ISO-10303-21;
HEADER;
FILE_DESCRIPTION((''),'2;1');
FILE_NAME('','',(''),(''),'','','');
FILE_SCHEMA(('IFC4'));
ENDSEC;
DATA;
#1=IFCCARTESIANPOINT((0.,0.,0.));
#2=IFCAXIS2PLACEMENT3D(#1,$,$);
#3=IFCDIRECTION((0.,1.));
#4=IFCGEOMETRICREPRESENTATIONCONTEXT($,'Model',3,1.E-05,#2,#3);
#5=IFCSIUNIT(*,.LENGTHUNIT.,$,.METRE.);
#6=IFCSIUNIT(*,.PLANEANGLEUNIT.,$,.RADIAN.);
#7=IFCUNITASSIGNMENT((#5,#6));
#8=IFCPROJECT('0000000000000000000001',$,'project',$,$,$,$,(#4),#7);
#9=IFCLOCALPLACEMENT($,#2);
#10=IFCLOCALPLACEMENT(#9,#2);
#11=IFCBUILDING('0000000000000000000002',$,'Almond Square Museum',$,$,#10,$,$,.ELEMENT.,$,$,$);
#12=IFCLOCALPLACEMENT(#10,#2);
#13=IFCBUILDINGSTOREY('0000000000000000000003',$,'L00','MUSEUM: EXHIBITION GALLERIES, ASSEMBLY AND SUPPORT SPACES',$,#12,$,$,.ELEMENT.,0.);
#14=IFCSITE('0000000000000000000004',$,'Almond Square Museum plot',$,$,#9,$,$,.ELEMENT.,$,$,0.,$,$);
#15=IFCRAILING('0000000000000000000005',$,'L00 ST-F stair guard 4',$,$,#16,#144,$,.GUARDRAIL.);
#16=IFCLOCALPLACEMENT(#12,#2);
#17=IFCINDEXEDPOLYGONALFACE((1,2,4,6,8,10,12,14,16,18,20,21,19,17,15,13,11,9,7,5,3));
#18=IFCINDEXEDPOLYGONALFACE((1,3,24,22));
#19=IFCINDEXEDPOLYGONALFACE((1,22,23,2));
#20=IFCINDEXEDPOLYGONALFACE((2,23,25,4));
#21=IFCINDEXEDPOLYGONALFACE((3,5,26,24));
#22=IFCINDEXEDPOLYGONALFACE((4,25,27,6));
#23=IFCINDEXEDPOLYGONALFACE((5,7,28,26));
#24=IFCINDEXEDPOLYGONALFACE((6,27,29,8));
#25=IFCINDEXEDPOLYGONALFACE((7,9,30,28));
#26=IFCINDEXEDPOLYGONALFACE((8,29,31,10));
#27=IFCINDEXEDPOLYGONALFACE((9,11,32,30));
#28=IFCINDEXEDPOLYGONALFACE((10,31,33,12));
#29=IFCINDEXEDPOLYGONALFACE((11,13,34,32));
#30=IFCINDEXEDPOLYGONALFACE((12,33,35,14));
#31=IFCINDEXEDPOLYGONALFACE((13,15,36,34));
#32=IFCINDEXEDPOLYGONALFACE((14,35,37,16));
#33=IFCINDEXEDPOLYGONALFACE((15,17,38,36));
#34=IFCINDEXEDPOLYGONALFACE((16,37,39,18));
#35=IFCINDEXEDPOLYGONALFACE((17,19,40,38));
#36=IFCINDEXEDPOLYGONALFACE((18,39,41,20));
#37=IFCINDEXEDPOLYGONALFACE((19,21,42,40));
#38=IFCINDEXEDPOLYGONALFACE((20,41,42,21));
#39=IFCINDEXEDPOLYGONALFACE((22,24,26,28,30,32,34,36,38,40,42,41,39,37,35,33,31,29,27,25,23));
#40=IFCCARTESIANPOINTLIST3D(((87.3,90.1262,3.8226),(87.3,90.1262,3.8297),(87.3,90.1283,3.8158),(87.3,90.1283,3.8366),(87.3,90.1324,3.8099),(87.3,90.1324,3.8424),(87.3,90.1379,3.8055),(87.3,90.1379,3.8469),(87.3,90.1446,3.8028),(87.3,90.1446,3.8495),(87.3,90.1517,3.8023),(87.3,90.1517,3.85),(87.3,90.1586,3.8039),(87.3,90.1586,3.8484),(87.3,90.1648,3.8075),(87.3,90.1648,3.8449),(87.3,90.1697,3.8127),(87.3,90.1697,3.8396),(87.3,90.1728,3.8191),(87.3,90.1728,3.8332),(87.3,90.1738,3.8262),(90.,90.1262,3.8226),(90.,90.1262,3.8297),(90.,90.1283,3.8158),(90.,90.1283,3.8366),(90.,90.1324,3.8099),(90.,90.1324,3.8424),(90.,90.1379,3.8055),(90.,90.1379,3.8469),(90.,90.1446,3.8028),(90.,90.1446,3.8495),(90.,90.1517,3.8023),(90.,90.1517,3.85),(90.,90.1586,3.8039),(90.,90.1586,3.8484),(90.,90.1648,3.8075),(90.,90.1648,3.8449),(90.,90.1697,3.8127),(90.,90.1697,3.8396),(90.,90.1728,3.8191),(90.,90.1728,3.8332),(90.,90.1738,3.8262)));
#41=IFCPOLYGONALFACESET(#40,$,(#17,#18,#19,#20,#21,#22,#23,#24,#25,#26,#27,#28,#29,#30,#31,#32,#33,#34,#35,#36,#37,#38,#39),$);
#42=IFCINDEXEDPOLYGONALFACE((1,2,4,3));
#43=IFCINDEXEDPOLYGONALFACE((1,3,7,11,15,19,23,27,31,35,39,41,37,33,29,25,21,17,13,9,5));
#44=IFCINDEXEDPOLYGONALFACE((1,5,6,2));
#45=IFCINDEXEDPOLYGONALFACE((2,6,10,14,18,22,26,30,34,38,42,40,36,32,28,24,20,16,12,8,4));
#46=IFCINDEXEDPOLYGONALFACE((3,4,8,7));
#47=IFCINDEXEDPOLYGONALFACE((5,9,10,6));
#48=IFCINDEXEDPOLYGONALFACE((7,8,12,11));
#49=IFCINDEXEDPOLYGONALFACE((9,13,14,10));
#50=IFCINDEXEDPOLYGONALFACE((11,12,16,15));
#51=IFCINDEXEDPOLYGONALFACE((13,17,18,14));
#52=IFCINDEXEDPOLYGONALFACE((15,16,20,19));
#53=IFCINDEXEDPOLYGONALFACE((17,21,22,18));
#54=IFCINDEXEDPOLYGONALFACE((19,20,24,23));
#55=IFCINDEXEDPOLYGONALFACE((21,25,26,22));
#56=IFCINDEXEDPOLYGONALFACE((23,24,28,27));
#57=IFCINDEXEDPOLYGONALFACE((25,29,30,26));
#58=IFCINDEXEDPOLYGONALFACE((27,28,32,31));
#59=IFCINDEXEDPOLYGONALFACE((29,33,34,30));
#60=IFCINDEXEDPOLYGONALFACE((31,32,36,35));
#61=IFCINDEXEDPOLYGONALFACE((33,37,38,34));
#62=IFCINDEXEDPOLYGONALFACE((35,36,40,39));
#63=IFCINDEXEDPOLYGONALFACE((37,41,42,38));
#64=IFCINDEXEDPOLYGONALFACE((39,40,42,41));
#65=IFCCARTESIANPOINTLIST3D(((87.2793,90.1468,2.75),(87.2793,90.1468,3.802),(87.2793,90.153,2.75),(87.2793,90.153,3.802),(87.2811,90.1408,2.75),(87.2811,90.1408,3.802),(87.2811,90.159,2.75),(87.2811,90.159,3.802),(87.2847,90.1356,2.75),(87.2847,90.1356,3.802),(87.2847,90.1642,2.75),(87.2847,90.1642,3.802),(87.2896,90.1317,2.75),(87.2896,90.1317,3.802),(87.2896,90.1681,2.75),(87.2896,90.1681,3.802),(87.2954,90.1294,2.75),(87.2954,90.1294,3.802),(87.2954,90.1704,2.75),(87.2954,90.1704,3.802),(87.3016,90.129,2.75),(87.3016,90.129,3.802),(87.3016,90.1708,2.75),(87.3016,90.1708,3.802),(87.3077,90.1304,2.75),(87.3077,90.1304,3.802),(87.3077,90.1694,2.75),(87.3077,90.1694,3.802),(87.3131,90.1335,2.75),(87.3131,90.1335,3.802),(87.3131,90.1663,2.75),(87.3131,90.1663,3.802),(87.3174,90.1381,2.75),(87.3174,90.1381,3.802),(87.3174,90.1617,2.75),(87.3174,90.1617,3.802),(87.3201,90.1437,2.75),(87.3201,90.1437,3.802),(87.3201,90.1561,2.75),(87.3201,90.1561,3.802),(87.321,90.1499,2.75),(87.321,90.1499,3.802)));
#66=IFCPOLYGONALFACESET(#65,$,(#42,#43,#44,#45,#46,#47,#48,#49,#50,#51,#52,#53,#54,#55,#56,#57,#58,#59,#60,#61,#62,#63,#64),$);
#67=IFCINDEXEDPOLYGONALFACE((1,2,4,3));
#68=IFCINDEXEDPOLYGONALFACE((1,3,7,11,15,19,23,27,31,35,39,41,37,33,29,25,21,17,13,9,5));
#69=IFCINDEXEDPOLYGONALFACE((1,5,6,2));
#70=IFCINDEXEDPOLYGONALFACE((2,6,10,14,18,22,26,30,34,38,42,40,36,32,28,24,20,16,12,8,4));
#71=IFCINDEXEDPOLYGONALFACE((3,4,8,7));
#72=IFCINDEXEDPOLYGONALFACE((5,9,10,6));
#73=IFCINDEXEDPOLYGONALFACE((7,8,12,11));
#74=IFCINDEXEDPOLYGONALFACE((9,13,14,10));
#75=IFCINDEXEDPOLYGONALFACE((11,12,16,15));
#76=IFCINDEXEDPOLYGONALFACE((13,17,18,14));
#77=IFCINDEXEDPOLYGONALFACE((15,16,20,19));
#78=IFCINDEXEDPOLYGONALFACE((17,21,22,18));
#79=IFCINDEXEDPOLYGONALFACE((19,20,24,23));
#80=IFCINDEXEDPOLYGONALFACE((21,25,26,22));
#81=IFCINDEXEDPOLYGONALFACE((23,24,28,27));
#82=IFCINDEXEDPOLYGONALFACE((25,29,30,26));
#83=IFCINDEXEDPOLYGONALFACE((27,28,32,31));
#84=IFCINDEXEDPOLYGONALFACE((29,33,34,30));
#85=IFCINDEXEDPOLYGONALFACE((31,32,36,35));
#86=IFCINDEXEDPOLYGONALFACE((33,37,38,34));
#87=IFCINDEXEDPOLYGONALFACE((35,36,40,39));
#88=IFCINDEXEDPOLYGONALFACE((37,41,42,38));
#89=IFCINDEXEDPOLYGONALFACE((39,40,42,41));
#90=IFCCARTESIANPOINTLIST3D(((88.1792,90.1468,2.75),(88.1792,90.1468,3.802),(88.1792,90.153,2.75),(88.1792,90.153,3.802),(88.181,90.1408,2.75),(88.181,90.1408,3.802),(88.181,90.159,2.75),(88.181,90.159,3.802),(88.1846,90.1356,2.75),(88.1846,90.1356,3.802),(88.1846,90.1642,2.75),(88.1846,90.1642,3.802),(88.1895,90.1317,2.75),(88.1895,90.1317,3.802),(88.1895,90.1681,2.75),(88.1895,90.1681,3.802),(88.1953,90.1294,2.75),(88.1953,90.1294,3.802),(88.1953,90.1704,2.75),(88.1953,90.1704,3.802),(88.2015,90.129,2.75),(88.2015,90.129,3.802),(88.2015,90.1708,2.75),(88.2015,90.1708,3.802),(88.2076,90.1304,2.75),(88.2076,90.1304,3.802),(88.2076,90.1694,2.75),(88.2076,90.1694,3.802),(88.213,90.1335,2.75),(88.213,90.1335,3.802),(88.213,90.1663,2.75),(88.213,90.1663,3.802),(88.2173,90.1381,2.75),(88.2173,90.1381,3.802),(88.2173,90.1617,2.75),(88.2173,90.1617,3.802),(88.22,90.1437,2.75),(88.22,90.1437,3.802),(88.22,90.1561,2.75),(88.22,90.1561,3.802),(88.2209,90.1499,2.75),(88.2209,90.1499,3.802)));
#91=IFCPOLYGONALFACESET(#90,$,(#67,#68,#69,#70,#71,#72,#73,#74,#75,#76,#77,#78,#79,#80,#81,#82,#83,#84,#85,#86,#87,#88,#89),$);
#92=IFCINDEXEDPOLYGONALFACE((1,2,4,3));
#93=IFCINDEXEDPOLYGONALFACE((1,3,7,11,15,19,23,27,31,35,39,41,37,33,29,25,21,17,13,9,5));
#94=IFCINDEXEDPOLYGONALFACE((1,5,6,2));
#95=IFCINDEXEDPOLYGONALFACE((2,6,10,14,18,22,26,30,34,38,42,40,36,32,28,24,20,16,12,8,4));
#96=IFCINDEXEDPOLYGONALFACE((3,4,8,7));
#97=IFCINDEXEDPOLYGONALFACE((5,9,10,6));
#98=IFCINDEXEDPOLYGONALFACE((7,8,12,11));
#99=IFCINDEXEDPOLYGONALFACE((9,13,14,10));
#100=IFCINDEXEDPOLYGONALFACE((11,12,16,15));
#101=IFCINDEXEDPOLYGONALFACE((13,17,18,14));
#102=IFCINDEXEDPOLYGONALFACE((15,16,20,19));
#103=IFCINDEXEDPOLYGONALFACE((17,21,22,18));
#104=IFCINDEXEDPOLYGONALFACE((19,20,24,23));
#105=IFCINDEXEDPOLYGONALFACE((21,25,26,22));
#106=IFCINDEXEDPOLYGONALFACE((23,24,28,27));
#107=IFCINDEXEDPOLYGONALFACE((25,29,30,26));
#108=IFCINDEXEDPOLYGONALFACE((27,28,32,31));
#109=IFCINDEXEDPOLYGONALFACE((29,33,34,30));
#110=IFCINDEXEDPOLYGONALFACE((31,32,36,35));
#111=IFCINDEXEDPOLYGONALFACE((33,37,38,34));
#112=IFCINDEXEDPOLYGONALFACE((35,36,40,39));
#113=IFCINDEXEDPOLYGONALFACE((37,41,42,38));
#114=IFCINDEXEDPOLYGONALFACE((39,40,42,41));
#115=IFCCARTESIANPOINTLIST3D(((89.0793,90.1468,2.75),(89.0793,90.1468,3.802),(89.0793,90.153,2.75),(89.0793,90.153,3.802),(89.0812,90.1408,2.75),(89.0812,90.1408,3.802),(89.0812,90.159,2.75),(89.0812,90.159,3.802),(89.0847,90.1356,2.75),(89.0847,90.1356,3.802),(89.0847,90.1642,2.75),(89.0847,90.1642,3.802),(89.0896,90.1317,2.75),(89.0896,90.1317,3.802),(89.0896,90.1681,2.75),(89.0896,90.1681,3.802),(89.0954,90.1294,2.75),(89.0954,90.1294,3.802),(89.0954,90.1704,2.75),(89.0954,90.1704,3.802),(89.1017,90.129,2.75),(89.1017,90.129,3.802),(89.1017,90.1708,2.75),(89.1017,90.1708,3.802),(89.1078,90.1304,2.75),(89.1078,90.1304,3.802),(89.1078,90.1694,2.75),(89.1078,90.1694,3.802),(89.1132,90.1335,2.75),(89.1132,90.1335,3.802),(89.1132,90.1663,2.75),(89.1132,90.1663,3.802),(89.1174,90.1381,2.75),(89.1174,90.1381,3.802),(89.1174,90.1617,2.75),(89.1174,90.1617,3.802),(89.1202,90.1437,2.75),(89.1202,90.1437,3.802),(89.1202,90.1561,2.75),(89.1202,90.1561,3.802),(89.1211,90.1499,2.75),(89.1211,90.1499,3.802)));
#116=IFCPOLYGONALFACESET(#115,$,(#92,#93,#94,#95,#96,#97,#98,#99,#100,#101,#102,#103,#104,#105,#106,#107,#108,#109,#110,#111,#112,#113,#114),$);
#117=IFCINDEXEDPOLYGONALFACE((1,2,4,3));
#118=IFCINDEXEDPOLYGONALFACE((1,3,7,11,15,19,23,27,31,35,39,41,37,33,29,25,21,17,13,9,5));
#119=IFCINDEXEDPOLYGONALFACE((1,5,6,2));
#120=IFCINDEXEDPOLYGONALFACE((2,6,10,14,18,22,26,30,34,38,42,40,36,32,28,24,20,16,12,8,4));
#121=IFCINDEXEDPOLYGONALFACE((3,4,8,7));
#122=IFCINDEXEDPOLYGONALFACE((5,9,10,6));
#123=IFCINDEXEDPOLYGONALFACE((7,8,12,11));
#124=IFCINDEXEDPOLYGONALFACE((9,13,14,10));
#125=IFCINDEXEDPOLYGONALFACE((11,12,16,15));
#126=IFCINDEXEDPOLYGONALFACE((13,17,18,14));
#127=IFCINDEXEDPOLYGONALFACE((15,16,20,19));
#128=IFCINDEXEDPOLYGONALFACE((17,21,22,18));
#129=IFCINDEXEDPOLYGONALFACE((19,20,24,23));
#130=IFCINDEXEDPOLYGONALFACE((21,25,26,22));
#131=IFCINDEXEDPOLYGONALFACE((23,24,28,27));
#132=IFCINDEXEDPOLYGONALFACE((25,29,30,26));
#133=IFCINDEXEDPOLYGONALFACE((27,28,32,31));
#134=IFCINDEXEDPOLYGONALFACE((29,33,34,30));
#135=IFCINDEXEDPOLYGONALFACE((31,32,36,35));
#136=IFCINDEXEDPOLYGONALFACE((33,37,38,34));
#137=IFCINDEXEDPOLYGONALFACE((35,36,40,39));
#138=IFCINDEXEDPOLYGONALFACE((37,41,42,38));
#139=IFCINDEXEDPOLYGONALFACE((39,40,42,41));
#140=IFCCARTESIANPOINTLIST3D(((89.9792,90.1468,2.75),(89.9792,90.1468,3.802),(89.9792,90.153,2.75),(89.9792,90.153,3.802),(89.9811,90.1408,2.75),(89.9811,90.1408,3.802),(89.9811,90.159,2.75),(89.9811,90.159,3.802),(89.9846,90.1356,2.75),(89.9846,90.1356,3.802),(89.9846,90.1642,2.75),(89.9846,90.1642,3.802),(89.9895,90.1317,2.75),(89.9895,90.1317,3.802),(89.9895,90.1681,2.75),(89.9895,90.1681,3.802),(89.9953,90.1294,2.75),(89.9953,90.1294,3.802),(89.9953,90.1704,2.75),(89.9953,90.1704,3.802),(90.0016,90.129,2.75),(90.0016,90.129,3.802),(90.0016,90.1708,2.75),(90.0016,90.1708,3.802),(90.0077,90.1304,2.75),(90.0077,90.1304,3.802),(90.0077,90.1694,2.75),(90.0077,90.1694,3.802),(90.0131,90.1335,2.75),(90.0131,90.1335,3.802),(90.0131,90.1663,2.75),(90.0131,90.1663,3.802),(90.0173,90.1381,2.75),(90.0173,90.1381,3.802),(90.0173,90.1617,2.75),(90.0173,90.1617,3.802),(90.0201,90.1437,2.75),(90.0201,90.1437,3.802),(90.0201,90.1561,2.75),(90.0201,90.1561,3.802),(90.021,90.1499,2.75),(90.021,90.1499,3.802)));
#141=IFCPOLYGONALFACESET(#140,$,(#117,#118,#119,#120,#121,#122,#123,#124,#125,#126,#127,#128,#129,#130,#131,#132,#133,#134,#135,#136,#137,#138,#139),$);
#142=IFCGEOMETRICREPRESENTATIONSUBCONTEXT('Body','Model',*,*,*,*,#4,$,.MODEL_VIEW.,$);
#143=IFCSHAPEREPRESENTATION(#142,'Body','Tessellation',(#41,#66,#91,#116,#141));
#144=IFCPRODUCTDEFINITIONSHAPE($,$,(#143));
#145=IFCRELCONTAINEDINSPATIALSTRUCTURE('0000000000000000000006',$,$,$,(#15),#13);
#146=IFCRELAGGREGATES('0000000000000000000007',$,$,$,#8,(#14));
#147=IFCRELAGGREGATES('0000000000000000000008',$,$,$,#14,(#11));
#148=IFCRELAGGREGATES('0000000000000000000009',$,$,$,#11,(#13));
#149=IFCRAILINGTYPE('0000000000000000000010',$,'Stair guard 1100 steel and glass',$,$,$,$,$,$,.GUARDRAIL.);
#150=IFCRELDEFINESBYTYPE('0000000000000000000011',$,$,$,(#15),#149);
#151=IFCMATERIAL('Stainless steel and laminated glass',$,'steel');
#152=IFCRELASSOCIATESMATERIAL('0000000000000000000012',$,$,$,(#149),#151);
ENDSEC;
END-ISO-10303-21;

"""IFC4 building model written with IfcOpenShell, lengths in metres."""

from ifc_helpers import new_model, si_unit, direction, frame, origin, origin_2d, place, context, subcontext, project, spatial, circle, extrude, material, type_object, element, save


model = new_model("IFC4")

# Units and contexts
model_context = context("Model", 3, precision=1e-05, world=origin(), true_north=direction((0.0, 1.0)))
body_context = subcontext(model_context, "Body", "Model", "MODEL_VIEW")
ifc_project = project(units=[si_unit("LENGTHUNIT", "METRE"), si_unit("PLANEANGLEUNIT", "RADIAN")], contexts=[model_context])

# Site, building, storey
site_placement = place(None, origin())
site = spatial("IfcSite", under=ifc_project, at=site_placement, Name="Almond Square Museum plot", CompositionType="ELEMENT", RefElevation=0.0)
building_placement = place(site_placement, origin())
building = spatial("IfcBuilding", under=site, at=building_placement, Name="Almond Square Museum", CompositionType="ELEMENT")
storey_placement = place(building_placement, origin())
storey = spatial("IfcBuildingStorey", under=building, at=storey_placement, Name="L00", Description="MUSEUM: EXHIBITION GALLERIES, ASSEMBLY AND SUPPORT SPACES", CompositionType="ELEMENT", Elevation=0.0)

# Railing
ifc_material_1 = material(Name="Stainless steel and laminated glass", Category="steel")
railing_type_1 = type_object("IfcRailingType", Name="Stair guard 1100 steel and glass", PredefinedType="GUARDRAIL", material=ifc_material_1)
railing_1_placement = place(storey_placement, frame((87.3, 90.1499, 2.75)))
element("IfcRailing", 1, at=railing_1_placement, inside=storey, type_object=railing_type_1, Name="L00 ST-F stair guard 4", PredefinedType="GUARDRAIL", context=body_context, shape_type="SweptSolid", body=[
    extrude(circle(Radius=0.0239, at=origin_2d()), frame((0.0, 0.0, 1.0762), z_axis=(1.0, 0.0, 0.0), x_axis=(0.0, 1.0, 0.0)), (0.0, 0.0, 1.0), 2.7),
    extrude(circle(Radius=0.021, at=origin_2d()), origin(), (0.0, 0.0, 1.0), 1.052),
    extrude(circle(Radius=0.021, at=origin_2d()), frame((0.8999, 0.0, 0.0)), (0.0, 0.0, 1.0), 1.052),
    extrude(circle(Radius=0.021, at=origin_2d()), frame((1.8, 0.0, 0.0)), (0.0, 0.0, 1.0), 1.052),
    extrude(circle(Radius=0.021, at=origin_2d()), frame((2.7, 0.0, 0.0)), (0.0, 0.0, 1.0), 1.052),
])

save(model, "model.ifc")
